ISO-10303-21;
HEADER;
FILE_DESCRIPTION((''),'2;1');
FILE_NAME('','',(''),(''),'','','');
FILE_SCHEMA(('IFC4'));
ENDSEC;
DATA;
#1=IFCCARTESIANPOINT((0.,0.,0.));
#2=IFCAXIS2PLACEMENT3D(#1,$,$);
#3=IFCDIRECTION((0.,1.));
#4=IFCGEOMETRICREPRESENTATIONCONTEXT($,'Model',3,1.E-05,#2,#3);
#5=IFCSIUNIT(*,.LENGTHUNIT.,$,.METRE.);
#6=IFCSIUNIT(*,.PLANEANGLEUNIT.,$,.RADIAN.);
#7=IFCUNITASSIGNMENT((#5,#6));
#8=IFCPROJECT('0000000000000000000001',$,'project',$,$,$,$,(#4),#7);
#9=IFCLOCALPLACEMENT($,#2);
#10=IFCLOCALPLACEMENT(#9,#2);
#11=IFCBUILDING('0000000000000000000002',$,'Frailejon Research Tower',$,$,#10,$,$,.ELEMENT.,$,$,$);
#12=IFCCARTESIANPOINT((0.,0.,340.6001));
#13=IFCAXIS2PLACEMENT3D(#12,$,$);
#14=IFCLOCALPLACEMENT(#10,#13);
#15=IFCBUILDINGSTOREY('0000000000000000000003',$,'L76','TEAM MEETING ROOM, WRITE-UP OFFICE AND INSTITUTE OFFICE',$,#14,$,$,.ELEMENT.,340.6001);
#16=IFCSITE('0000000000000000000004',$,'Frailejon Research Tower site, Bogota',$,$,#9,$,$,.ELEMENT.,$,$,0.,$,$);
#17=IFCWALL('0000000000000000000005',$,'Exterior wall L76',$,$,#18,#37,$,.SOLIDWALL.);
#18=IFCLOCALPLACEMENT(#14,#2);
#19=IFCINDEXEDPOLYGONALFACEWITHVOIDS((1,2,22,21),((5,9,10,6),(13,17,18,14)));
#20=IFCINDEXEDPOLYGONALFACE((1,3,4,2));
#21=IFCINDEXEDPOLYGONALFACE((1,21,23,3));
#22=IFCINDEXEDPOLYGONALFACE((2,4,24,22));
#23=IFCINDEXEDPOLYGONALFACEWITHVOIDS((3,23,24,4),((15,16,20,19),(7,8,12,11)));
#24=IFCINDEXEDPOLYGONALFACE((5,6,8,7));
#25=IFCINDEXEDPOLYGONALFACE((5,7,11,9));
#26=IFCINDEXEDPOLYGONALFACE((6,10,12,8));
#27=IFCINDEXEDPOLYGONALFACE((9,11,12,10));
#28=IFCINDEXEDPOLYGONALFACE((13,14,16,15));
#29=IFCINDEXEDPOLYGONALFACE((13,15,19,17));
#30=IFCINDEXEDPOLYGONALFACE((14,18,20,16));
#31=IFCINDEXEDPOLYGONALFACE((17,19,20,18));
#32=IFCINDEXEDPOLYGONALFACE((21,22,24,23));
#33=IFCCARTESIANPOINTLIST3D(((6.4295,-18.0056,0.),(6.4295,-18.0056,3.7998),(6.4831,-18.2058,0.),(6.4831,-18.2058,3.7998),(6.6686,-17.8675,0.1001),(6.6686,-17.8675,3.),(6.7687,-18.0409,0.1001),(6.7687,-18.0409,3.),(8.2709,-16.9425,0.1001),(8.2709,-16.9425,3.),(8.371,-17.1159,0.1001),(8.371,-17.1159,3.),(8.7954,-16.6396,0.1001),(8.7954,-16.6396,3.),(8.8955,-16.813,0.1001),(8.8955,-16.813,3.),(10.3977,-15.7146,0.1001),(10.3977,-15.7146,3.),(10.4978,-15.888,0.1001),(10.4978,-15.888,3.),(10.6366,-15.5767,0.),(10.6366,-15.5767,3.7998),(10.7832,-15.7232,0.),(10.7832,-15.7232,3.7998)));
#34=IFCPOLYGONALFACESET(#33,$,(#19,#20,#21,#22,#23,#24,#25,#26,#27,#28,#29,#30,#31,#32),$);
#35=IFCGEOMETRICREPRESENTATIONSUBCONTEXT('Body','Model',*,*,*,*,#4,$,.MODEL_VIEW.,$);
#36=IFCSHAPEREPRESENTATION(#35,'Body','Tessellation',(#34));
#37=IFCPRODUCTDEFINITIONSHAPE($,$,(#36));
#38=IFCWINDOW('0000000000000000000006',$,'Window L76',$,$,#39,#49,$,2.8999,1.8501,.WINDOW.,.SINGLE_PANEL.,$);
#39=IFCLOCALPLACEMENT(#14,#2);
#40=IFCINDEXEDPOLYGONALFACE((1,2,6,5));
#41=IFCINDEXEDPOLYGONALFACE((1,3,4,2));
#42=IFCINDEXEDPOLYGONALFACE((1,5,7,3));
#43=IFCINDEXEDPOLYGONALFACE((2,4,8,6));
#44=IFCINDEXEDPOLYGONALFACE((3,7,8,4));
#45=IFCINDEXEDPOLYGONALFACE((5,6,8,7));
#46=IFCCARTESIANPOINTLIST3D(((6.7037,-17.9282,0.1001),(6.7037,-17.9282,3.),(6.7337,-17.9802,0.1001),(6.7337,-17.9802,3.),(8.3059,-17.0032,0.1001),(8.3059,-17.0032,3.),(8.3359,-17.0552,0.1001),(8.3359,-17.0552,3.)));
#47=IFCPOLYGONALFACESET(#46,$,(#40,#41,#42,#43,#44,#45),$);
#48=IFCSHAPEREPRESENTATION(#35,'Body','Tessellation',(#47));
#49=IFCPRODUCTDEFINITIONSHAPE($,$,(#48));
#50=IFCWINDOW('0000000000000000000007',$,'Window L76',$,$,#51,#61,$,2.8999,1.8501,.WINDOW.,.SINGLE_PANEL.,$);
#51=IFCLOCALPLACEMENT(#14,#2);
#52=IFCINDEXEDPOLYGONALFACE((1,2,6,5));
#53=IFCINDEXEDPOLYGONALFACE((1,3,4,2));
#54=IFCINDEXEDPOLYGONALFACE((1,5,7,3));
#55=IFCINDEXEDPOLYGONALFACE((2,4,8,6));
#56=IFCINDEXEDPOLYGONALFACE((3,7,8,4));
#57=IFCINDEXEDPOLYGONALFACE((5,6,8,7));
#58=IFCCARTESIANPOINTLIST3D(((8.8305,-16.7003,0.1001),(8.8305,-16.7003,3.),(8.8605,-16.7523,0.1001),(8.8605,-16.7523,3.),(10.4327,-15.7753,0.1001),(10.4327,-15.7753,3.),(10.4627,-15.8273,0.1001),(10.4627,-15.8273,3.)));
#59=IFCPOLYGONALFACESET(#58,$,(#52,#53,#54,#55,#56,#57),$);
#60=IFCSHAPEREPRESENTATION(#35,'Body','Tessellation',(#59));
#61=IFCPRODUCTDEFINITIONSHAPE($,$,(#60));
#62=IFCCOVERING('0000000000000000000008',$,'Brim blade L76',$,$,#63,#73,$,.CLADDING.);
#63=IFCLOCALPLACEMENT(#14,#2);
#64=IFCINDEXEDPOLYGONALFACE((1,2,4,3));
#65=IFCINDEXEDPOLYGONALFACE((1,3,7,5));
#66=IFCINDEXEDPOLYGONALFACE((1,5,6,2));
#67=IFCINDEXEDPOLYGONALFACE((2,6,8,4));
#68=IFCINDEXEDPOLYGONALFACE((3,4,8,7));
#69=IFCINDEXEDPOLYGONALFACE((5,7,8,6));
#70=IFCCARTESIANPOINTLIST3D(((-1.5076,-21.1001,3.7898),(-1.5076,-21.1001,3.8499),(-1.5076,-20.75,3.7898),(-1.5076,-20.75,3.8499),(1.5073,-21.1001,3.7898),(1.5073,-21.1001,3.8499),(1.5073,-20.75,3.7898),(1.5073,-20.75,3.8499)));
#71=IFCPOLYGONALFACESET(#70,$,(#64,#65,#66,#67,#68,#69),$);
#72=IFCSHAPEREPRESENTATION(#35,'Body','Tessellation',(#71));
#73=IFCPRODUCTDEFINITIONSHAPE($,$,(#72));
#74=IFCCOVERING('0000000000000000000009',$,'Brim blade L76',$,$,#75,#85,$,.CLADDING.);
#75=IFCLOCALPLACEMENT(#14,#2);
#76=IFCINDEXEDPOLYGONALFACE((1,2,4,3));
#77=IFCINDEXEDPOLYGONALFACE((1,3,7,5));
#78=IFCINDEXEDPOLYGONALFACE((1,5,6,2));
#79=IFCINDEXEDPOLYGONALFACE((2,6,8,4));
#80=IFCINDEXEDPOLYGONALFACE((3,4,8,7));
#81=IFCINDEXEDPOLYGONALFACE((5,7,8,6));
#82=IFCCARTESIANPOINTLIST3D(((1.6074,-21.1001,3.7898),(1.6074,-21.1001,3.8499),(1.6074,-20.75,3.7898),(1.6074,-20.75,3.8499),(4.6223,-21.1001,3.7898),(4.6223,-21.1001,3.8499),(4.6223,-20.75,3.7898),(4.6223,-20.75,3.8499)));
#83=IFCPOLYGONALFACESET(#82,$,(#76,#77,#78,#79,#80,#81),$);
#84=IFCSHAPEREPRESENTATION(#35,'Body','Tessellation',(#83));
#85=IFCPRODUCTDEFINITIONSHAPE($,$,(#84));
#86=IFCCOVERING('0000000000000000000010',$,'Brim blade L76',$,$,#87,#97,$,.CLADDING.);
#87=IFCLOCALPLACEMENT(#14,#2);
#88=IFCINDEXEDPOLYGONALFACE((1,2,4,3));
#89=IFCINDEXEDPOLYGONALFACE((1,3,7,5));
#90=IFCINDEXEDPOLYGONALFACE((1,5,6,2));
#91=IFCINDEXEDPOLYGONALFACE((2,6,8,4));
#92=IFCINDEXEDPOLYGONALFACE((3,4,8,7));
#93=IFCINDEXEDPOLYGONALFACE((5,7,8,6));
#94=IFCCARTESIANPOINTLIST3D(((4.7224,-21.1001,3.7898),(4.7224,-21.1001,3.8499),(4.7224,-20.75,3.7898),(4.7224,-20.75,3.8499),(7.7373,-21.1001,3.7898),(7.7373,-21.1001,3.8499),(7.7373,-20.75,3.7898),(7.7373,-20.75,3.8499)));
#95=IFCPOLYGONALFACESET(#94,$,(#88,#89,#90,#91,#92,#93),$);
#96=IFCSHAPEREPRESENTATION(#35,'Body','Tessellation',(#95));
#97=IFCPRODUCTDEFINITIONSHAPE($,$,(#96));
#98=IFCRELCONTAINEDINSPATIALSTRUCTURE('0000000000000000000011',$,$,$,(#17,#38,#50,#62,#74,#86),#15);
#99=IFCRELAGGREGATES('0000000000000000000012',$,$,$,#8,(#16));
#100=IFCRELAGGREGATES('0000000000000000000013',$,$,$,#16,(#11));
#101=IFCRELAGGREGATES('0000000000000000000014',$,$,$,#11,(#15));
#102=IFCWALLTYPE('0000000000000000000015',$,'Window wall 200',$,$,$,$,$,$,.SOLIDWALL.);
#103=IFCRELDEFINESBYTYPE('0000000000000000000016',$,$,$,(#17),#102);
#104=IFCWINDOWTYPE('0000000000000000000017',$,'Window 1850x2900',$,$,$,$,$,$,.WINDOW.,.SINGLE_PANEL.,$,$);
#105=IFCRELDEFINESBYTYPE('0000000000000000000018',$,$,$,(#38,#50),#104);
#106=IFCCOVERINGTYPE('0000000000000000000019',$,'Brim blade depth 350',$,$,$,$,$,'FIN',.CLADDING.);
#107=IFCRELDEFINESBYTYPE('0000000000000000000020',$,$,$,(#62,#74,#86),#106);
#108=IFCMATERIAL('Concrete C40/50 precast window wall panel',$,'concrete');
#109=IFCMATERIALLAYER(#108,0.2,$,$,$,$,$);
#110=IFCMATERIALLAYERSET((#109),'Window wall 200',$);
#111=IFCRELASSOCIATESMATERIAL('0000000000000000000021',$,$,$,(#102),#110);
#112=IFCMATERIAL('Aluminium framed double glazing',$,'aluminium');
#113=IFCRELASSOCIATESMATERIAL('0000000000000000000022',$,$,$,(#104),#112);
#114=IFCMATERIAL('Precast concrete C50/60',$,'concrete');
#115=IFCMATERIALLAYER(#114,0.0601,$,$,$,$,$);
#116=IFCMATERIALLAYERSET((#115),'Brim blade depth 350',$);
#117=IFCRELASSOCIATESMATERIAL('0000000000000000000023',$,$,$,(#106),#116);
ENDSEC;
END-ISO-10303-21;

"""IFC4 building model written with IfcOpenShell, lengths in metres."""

from ifc_helpers import new_model, si_unit, direction, frame, frame_2d, origin, place, context, subcontext, project, spatial, polyline, rectangle, outline, extrude, material, layer, layer_set, type_object, element, fill, save


model = new_model("IFC4")

# Units and contexts
model_context = context("Model", 3, precision=1e-05, world=origin(), true_north=direction((0.0, 1.0)))
body_context = subcontext(model_context, "Body", "Model", "MODEL_VIEW")
ifc_project = project(units=[si_unit("LENGTHUNIT", "METRE"), si_unit("PLANEANGLEUNIT", "RADIAN")], contexts=[model_context])

# Site, building, storey
site_placement = place(None, origin())
site = spatial("IfcSite", under=ifc_project, at=site_placement, Name="Frailejon Research Tower site, Bogota", CompositionType="ELEMENT", RefElevation=0.0)
building_placement = place(site_placement, origin())
building = spatial("IfcBuilding", under=site, at=building_placement, Name="Frailejon Research Tower", CompositionType="ELEMENT")
storey_placement = place(building_placement, frame((0.0, 0.0, 340.6001)))
storey = spatial("IfcBuildingStorey", under=building, at=storey_placement, Name="L76", Description="TEAM MEETING ROOM, WRITE-UP OFFICE AND INSTITUTE OFFICE", CompositionType="ELEMENT", Elevation=340.6001)

# Wall, openings, windows
ifc_material_1 = material(Name="Concrete C40/50 precast window wall panel", Category="concrete")
ifc_layer_1 = layer(ifc_material_1, 0.2)
ifc_layer_set_1 = layer_set([ifc_layer_1], Name="Window wall 200")
wall_type = type_object("IfcWallType", Name="Window wall 200", PredefinedType="SOLIDWALL", material=ifc_layer_set_1)
wall_placement = place(storey_placement, frame((6.4563, -18.1057, 0.0), z_axis=(0.0, 0.0, 1.0), x_axis=(0.866029, 0.499994, 0.0)))
wall = element("IfcWall", 1, at=wall_placement, inside=storey, type_object=wall_type, Name="Exterior wall L76", PredefinedType="SOLIDWALL", context=body_context, shape_type="SweptSolid", body=[
    extrude(outline(polyline([(-0.0269, -0.1001), (1.2144, -0.1001), (2.4558, -0.1001), (3.6973, -0.1001), (4.9385, -0.1001), (4.8848, 0.1001), (3.6704, 0.1001), (2.4558, 0.1001), (1.2412, 0.1001), (0.0269, 0.1001), (-0.0269, -0.1001)])), origin(), (0.0, 0.0, 1.0), 3.7998),
])
opening_1_placement = place(wall_placement, frame((0.303, 0.0, 0.1001)))
opening_1 = element("IfcOpeningElement", 2, at=opening_1_placement, cuts=wall, PredefinedType="OPENING", context=body_context, shape_type="SweptSolid", body=[
    extrude(rectangle(XDim=1.8501, YDim=2.8999, at=frame_2d((0.925, 1.45))), frame((0.0, 0.1099, 0.0), z_axis=(0.0, -1.0, 0.0), x_axis=(1.0, 0.0, 0.0)), (0.0, 0.0, 1.0), 0.22),
])
opening_2_placement = place(wall_placement, frame((2.7588, 0.0, 0.1001)))
opening_2 = element("IfcOpeningElement", 3, at=opening_2_placement, cuts=wall, PredefinedType="OPENING", context=body_context, shape_type="SweptSolid", body=[
    extrude(rectangle(XDim=1.8501, YDim=2.8999, at=frame_2d((0.925, 1.45))), frame((0.0, 0.1099, 0.0), z_axis=(0.0, -1.0, 0.0), x_axis=(1.0, 0.0, 0.0)), (0.0, 0.0, 1.0), 0.22),
])
ifc_material_2 = material(Name="Aluminium framed double glazing", Category="aluminium")
window_type = type_object("IfcWindowType", Name="Window 1850x2900", PartitioningType="SINGLE_PANEL", PredefinedType="WINDOW", material=ifc_material_2)
window_1_placement = place(opening_1_placement, origin())
window_1 = element("IfcWindow", 4, at=window_1_placement, inside=storey, type_object=window_type, Name="Window L76", OverallHeight=2.8999, OverallWidth=1.8501, PartitioningType="SINGLE_PANEL", PredefinedType="WINDOW", context=body_context, shape_type="SweptSolid", body=[
    extrude(rectangle(XDim=1.8501, YDim=2.8999, at=frame_2d((0.925, 1.45))), frame((0.0, 0.03, 0.0), z_axis=(0.0, -1.0, 0.0), x_axis=(1.0, 0.0, 0.0)), (0.0, 0.0, 1.0), 0.0601),
])
fill(opening_1, window_1)
window_2_placement = place(opening_2_placement, origin())
window_2 = element("IfcWindow", 5, at=window_2_placement, inside=storey, type_object=window_type, Name="Window L76", OverallHeight=2.8999, OverallWidth=1.8501, PartitioningType="SINGLE_PANEL", PredefinedType="WINDOW", context=body_context, shape_type="SweptSolid", body=[
    extrude(rectangle(XDim=1.8501, YDim=2.8999, at=frame_2d((0.925, 1.45))), frame((0.0, 0.03, 0.0), z_axis=(0.0, -1.0, 0.0), x_axis=(1.0, 0.0, 0.0)), (0.0, 0.0, 1.0), 0.0601),
])
fill(opening_2, window_2)

# Coverings
ifc_material_3 = material(Name="Precast concrete C50/60", Category="concrete")
ifc_layer_2 = layer(ifc_material_3, 0.0601)
ifc_layer_set_2 = layer_set([ifc_layer_2], Name="Brim blade depth 350")
covering_type = type_object("IfcCoveringType", Name="Brim blade depth 350", ElementType="FIN", PredefinedType="CLADDING", material=ifc_layer_set_2)
for number, where, z_axis, x_axis, name in (
    (6, (1.5073, -20.75, 3.8499), (-1.0, 0.0, 0.0), (0.0, -1.0, 0.0), "Brim blade L76"),
    (7, (4.6223, -20.75, 3.8499), (-1.0, 0.0, 0.0), (0.0, -1.0, 0.0), "Brim blade L76"),
    (8, (7.7373, -20.75, 3.8499), (-1.0, 0.0, 0.0), (0.0, -1.0, 0.0), "Brim blade L76"),
):
    element("IfcCovering", number, at=place(storey_placement, frame(where, z_axis=z_axis, x_axis=x_axis)), inside=storey, type_object=covering_type, Name=name, PredefinedType="CLADDING", context=body_context, shape_type="SweptSolid", body=[
        extrude(outline(polyline([(0.0, -0.0601), (0.3501, -0.0601), (0.3501, 0.0), (0.0, 0.0), (0.0, -0.0601)])), origin(), (0.0, 0.0, 1.0), 3.0149),
    ])

save(model, "model.ifc")
